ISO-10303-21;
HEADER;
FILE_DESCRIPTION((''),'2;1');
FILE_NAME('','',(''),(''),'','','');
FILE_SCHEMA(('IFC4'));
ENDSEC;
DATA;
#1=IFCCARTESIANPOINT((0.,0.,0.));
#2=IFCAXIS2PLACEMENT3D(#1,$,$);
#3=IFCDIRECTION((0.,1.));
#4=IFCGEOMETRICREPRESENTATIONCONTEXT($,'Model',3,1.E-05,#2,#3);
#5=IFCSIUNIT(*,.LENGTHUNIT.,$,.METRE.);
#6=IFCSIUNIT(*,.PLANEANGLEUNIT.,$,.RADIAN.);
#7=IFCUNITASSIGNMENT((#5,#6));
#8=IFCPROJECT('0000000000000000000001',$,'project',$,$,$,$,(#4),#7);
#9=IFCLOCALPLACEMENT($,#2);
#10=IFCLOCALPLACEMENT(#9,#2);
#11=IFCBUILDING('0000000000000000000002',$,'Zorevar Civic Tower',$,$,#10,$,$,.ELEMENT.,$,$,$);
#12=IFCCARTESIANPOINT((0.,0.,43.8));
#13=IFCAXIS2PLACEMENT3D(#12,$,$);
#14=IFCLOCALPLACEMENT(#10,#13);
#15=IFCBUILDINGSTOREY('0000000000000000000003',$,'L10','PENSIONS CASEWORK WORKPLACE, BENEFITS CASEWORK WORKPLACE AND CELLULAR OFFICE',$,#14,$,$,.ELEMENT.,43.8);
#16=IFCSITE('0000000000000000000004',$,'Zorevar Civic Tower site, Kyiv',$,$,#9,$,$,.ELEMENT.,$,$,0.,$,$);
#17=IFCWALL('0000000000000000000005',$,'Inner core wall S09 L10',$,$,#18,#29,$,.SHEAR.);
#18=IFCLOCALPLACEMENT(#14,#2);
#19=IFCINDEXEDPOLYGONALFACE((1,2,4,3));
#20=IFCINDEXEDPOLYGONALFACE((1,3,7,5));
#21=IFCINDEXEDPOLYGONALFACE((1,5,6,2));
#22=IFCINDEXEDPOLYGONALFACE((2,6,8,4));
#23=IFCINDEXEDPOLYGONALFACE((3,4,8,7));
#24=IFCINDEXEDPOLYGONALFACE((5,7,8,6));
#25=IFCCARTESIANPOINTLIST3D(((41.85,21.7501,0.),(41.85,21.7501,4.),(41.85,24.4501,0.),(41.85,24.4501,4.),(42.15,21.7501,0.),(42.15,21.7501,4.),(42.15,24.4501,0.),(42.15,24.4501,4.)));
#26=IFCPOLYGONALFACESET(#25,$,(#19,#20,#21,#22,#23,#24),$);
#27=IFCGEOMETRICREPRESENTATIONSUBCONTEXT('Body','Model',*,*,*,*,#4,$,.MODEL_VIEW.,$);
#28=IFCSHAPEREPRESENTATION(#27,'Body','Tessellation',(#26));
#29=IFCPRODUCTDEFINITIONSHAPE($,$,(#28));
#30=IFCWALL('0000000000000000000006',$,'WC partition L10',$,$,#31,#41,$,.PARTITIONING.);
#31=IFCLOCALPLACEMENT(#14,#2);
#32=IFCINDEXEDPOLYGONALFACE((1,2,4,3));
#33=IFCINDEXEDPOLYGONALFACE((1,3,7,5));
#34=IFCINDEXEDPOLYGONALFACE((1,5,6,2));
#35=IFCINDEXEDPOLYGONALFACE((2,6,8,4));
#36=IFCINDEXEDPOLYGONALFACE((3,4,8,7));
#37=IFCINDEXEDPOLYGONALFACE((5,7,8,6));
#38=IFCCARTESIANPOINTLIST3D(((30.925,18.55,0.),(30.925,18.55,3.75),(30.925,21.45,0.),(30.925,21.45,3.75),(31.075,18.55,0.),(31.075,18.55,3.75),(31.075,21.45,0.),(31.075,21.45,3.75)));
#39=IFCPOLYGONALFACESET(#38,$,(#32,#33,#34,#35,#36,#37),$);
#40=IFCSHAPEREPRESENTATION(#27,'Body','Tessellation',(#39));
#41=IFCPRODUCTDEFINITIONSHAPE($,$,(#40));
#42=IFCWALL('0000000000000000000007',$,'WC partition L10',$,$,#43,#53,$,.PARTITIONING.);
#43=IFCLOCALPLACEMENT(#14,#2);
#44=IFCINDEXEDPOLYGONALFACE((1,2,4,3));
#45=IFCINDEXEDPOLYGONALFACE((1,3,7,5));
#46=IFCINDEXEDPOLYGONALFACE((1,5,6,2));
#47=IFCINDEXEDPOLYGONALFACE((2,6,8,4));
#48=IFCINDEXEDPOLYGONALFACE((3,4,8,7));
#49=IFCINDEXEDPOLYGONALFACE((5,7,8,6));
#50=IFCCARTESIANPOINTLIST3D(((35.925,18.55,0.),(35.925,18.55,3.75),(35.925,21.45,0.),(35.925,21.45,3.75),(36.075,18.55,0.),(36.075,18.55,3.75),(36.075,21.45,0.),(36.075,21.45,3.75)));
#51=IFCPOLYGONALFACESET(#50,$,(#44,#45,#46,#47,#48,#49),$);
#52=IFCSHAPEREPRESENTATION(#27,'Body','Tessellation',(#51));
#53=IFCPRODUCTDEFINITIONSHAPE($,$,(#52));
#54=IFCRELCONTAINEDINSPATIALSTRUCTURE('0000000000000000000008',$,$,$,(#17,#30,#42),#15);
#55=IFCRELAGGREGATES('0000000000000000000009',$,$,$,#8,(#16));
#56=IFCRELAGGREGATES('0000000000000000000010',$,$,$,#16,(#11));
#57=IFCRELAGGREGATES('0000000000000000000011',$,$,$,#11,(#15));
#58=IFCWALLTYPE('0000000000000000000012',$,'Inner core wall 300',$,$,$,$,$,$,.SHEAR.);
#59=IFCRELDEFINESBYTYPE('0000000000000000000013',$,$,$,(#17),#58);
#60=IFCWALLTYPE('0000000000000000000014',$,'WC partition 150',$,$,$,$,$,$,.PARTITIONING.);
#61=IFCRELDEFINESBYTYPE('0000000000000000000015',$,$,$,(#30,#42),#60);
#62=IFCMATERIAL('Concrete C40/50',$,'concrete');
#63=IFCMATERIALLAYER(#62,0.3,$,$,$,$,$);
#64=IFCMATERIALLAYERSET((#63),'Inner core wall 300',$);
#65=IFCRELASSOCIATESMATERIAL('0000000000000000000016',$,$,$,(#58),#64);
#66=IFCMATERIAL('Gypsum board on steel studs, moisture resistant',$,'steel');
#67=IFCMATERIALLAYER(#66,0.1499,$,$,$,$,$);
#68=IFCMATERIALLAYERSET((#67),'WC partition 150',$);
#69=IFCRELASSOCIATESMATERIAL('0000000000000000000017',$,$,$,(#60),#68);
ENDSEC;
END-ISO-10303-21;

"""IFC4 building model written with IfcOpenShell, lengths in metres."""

from ifc_helpers import new_model, si_unit, direction, frame, frame_2d, origin, place, context, subcontext, project, spatial, rectangle, extrude, material, layer, layer_set, type_object, element, save


model = new_model("IFC4")

# Units and contexts
model_context = context("Model", 3, precision=1e-05, world=origin(), true_north=direction((0.0, 1.0)))
body_context = subcontext(model_context, "Body", "Model", "MODEL_VIEW")
ifc_project = project(units=[si_unit("LENGTHUNIT", "METRE"), si_unit("PLANEANGLEUNIT", "RADIAN")], contexts=[model_context])

# Site, building, storey
site_placement = place(None, origin())
site = spatial("IfcSite", under=ifc_project, at=site_placement, Name="Zorevar Civic Tower site, Kyiv", CompositionType="ELEMENT", RefElevation=0.0)
building_placement = place(site_placement, origin())
building = spatial("IfcBuilding", under=site, at=building_placement, Name="Zorevar Civic Tower", CompositionType="ELEMENT")
storey_placement = place(building_placement, frame((0.0, 0.0, 43.8)))
storey = spatial("IfcBuildingStorey", under=building, at=storey_placement, Name="L10", Description="PENSIONS CASEWORK WORKPLACE, BENEFITS CASEWORK WORKPLACE AND CELLULAR OFFICE", CompositionType="ELEMENT", Elevation=43.8)

# Walls
ifc_material_1 = material(Name="Concrete C40/50", Category="concrete")
ifc_layer_1 = layer(ifc_material_1, 0.3)
ifc_layer_set_1 = layer_set([ifc_layer_1], Name="Inner core wall 300")
wall_type_1 = type_object("IfcWallType", Name="Inner core wall 300", PredefinedType="SHEAR", material=ifc_layer_set_1)
wall_1_placement = place(storey_placement, frame((42.0, 21.75, 0.0), z_axis=(0.0, 0.0, 1.0), x_axis=(0.0, 1.0, 0.0)))
element("IfcWall", 1, at=wall_1_placement, inside=storey, type_object=wall_type_1, Name="Inner core wall S09 L10", PredefinedType="SHEAR", context=body_context, shape_type="SweptSolid", body=[
    extrude(rectangle(XDim=2.7, YDim=0.3, at=frame_2d((1.3501, 0.0))), origin(), (0.0, 0.0, 1.0), 4.0),
])
ifc_material_2 = material(Name="Gypsum board on steel studs, moisture resistant", Category="steel")
ifc_layer_2 = layer(ifc_material_2, 0.1499)
ifc_layer_set_2 = layer_set([ifc_layer_2], Name="WC partition 150")
wall_type_2 = type_object("IfcWallType", Name="WC partition 150", PredefinedType="PARTITIONING", material=ifc_layer_set_2)
for number, where, z_axis, x_axis, name in (
    (2, (31.0, 18.55, 0.0), (0.0, 0.0, 1.0), (0.0, 1.0, 0.0), "WC partition L10"),
    (3, (36.0, 18.55, 0.0), (0.0, 0.0, 1.0), (0.0, 1.0, 0.0), "WC partition L10"),
):
    element("IfcWall", number, at=place(storey_placement, frame(where, z_axis=z_axis, x_axis=x_axis)), inside=storey, type_object=wall_type_2, Name=name, PredefinedType="PARTITIONING", context=body_context, shape_type="SweptSolid", body=[
        extrude(rectangle(XDim=2.8999, YDim=0.1499, at=frame_2d((1.45, 0.0))), origin(), (0.0, 0.0, 1.0), 3.75),
    ])

save(model, "model.ifc")
